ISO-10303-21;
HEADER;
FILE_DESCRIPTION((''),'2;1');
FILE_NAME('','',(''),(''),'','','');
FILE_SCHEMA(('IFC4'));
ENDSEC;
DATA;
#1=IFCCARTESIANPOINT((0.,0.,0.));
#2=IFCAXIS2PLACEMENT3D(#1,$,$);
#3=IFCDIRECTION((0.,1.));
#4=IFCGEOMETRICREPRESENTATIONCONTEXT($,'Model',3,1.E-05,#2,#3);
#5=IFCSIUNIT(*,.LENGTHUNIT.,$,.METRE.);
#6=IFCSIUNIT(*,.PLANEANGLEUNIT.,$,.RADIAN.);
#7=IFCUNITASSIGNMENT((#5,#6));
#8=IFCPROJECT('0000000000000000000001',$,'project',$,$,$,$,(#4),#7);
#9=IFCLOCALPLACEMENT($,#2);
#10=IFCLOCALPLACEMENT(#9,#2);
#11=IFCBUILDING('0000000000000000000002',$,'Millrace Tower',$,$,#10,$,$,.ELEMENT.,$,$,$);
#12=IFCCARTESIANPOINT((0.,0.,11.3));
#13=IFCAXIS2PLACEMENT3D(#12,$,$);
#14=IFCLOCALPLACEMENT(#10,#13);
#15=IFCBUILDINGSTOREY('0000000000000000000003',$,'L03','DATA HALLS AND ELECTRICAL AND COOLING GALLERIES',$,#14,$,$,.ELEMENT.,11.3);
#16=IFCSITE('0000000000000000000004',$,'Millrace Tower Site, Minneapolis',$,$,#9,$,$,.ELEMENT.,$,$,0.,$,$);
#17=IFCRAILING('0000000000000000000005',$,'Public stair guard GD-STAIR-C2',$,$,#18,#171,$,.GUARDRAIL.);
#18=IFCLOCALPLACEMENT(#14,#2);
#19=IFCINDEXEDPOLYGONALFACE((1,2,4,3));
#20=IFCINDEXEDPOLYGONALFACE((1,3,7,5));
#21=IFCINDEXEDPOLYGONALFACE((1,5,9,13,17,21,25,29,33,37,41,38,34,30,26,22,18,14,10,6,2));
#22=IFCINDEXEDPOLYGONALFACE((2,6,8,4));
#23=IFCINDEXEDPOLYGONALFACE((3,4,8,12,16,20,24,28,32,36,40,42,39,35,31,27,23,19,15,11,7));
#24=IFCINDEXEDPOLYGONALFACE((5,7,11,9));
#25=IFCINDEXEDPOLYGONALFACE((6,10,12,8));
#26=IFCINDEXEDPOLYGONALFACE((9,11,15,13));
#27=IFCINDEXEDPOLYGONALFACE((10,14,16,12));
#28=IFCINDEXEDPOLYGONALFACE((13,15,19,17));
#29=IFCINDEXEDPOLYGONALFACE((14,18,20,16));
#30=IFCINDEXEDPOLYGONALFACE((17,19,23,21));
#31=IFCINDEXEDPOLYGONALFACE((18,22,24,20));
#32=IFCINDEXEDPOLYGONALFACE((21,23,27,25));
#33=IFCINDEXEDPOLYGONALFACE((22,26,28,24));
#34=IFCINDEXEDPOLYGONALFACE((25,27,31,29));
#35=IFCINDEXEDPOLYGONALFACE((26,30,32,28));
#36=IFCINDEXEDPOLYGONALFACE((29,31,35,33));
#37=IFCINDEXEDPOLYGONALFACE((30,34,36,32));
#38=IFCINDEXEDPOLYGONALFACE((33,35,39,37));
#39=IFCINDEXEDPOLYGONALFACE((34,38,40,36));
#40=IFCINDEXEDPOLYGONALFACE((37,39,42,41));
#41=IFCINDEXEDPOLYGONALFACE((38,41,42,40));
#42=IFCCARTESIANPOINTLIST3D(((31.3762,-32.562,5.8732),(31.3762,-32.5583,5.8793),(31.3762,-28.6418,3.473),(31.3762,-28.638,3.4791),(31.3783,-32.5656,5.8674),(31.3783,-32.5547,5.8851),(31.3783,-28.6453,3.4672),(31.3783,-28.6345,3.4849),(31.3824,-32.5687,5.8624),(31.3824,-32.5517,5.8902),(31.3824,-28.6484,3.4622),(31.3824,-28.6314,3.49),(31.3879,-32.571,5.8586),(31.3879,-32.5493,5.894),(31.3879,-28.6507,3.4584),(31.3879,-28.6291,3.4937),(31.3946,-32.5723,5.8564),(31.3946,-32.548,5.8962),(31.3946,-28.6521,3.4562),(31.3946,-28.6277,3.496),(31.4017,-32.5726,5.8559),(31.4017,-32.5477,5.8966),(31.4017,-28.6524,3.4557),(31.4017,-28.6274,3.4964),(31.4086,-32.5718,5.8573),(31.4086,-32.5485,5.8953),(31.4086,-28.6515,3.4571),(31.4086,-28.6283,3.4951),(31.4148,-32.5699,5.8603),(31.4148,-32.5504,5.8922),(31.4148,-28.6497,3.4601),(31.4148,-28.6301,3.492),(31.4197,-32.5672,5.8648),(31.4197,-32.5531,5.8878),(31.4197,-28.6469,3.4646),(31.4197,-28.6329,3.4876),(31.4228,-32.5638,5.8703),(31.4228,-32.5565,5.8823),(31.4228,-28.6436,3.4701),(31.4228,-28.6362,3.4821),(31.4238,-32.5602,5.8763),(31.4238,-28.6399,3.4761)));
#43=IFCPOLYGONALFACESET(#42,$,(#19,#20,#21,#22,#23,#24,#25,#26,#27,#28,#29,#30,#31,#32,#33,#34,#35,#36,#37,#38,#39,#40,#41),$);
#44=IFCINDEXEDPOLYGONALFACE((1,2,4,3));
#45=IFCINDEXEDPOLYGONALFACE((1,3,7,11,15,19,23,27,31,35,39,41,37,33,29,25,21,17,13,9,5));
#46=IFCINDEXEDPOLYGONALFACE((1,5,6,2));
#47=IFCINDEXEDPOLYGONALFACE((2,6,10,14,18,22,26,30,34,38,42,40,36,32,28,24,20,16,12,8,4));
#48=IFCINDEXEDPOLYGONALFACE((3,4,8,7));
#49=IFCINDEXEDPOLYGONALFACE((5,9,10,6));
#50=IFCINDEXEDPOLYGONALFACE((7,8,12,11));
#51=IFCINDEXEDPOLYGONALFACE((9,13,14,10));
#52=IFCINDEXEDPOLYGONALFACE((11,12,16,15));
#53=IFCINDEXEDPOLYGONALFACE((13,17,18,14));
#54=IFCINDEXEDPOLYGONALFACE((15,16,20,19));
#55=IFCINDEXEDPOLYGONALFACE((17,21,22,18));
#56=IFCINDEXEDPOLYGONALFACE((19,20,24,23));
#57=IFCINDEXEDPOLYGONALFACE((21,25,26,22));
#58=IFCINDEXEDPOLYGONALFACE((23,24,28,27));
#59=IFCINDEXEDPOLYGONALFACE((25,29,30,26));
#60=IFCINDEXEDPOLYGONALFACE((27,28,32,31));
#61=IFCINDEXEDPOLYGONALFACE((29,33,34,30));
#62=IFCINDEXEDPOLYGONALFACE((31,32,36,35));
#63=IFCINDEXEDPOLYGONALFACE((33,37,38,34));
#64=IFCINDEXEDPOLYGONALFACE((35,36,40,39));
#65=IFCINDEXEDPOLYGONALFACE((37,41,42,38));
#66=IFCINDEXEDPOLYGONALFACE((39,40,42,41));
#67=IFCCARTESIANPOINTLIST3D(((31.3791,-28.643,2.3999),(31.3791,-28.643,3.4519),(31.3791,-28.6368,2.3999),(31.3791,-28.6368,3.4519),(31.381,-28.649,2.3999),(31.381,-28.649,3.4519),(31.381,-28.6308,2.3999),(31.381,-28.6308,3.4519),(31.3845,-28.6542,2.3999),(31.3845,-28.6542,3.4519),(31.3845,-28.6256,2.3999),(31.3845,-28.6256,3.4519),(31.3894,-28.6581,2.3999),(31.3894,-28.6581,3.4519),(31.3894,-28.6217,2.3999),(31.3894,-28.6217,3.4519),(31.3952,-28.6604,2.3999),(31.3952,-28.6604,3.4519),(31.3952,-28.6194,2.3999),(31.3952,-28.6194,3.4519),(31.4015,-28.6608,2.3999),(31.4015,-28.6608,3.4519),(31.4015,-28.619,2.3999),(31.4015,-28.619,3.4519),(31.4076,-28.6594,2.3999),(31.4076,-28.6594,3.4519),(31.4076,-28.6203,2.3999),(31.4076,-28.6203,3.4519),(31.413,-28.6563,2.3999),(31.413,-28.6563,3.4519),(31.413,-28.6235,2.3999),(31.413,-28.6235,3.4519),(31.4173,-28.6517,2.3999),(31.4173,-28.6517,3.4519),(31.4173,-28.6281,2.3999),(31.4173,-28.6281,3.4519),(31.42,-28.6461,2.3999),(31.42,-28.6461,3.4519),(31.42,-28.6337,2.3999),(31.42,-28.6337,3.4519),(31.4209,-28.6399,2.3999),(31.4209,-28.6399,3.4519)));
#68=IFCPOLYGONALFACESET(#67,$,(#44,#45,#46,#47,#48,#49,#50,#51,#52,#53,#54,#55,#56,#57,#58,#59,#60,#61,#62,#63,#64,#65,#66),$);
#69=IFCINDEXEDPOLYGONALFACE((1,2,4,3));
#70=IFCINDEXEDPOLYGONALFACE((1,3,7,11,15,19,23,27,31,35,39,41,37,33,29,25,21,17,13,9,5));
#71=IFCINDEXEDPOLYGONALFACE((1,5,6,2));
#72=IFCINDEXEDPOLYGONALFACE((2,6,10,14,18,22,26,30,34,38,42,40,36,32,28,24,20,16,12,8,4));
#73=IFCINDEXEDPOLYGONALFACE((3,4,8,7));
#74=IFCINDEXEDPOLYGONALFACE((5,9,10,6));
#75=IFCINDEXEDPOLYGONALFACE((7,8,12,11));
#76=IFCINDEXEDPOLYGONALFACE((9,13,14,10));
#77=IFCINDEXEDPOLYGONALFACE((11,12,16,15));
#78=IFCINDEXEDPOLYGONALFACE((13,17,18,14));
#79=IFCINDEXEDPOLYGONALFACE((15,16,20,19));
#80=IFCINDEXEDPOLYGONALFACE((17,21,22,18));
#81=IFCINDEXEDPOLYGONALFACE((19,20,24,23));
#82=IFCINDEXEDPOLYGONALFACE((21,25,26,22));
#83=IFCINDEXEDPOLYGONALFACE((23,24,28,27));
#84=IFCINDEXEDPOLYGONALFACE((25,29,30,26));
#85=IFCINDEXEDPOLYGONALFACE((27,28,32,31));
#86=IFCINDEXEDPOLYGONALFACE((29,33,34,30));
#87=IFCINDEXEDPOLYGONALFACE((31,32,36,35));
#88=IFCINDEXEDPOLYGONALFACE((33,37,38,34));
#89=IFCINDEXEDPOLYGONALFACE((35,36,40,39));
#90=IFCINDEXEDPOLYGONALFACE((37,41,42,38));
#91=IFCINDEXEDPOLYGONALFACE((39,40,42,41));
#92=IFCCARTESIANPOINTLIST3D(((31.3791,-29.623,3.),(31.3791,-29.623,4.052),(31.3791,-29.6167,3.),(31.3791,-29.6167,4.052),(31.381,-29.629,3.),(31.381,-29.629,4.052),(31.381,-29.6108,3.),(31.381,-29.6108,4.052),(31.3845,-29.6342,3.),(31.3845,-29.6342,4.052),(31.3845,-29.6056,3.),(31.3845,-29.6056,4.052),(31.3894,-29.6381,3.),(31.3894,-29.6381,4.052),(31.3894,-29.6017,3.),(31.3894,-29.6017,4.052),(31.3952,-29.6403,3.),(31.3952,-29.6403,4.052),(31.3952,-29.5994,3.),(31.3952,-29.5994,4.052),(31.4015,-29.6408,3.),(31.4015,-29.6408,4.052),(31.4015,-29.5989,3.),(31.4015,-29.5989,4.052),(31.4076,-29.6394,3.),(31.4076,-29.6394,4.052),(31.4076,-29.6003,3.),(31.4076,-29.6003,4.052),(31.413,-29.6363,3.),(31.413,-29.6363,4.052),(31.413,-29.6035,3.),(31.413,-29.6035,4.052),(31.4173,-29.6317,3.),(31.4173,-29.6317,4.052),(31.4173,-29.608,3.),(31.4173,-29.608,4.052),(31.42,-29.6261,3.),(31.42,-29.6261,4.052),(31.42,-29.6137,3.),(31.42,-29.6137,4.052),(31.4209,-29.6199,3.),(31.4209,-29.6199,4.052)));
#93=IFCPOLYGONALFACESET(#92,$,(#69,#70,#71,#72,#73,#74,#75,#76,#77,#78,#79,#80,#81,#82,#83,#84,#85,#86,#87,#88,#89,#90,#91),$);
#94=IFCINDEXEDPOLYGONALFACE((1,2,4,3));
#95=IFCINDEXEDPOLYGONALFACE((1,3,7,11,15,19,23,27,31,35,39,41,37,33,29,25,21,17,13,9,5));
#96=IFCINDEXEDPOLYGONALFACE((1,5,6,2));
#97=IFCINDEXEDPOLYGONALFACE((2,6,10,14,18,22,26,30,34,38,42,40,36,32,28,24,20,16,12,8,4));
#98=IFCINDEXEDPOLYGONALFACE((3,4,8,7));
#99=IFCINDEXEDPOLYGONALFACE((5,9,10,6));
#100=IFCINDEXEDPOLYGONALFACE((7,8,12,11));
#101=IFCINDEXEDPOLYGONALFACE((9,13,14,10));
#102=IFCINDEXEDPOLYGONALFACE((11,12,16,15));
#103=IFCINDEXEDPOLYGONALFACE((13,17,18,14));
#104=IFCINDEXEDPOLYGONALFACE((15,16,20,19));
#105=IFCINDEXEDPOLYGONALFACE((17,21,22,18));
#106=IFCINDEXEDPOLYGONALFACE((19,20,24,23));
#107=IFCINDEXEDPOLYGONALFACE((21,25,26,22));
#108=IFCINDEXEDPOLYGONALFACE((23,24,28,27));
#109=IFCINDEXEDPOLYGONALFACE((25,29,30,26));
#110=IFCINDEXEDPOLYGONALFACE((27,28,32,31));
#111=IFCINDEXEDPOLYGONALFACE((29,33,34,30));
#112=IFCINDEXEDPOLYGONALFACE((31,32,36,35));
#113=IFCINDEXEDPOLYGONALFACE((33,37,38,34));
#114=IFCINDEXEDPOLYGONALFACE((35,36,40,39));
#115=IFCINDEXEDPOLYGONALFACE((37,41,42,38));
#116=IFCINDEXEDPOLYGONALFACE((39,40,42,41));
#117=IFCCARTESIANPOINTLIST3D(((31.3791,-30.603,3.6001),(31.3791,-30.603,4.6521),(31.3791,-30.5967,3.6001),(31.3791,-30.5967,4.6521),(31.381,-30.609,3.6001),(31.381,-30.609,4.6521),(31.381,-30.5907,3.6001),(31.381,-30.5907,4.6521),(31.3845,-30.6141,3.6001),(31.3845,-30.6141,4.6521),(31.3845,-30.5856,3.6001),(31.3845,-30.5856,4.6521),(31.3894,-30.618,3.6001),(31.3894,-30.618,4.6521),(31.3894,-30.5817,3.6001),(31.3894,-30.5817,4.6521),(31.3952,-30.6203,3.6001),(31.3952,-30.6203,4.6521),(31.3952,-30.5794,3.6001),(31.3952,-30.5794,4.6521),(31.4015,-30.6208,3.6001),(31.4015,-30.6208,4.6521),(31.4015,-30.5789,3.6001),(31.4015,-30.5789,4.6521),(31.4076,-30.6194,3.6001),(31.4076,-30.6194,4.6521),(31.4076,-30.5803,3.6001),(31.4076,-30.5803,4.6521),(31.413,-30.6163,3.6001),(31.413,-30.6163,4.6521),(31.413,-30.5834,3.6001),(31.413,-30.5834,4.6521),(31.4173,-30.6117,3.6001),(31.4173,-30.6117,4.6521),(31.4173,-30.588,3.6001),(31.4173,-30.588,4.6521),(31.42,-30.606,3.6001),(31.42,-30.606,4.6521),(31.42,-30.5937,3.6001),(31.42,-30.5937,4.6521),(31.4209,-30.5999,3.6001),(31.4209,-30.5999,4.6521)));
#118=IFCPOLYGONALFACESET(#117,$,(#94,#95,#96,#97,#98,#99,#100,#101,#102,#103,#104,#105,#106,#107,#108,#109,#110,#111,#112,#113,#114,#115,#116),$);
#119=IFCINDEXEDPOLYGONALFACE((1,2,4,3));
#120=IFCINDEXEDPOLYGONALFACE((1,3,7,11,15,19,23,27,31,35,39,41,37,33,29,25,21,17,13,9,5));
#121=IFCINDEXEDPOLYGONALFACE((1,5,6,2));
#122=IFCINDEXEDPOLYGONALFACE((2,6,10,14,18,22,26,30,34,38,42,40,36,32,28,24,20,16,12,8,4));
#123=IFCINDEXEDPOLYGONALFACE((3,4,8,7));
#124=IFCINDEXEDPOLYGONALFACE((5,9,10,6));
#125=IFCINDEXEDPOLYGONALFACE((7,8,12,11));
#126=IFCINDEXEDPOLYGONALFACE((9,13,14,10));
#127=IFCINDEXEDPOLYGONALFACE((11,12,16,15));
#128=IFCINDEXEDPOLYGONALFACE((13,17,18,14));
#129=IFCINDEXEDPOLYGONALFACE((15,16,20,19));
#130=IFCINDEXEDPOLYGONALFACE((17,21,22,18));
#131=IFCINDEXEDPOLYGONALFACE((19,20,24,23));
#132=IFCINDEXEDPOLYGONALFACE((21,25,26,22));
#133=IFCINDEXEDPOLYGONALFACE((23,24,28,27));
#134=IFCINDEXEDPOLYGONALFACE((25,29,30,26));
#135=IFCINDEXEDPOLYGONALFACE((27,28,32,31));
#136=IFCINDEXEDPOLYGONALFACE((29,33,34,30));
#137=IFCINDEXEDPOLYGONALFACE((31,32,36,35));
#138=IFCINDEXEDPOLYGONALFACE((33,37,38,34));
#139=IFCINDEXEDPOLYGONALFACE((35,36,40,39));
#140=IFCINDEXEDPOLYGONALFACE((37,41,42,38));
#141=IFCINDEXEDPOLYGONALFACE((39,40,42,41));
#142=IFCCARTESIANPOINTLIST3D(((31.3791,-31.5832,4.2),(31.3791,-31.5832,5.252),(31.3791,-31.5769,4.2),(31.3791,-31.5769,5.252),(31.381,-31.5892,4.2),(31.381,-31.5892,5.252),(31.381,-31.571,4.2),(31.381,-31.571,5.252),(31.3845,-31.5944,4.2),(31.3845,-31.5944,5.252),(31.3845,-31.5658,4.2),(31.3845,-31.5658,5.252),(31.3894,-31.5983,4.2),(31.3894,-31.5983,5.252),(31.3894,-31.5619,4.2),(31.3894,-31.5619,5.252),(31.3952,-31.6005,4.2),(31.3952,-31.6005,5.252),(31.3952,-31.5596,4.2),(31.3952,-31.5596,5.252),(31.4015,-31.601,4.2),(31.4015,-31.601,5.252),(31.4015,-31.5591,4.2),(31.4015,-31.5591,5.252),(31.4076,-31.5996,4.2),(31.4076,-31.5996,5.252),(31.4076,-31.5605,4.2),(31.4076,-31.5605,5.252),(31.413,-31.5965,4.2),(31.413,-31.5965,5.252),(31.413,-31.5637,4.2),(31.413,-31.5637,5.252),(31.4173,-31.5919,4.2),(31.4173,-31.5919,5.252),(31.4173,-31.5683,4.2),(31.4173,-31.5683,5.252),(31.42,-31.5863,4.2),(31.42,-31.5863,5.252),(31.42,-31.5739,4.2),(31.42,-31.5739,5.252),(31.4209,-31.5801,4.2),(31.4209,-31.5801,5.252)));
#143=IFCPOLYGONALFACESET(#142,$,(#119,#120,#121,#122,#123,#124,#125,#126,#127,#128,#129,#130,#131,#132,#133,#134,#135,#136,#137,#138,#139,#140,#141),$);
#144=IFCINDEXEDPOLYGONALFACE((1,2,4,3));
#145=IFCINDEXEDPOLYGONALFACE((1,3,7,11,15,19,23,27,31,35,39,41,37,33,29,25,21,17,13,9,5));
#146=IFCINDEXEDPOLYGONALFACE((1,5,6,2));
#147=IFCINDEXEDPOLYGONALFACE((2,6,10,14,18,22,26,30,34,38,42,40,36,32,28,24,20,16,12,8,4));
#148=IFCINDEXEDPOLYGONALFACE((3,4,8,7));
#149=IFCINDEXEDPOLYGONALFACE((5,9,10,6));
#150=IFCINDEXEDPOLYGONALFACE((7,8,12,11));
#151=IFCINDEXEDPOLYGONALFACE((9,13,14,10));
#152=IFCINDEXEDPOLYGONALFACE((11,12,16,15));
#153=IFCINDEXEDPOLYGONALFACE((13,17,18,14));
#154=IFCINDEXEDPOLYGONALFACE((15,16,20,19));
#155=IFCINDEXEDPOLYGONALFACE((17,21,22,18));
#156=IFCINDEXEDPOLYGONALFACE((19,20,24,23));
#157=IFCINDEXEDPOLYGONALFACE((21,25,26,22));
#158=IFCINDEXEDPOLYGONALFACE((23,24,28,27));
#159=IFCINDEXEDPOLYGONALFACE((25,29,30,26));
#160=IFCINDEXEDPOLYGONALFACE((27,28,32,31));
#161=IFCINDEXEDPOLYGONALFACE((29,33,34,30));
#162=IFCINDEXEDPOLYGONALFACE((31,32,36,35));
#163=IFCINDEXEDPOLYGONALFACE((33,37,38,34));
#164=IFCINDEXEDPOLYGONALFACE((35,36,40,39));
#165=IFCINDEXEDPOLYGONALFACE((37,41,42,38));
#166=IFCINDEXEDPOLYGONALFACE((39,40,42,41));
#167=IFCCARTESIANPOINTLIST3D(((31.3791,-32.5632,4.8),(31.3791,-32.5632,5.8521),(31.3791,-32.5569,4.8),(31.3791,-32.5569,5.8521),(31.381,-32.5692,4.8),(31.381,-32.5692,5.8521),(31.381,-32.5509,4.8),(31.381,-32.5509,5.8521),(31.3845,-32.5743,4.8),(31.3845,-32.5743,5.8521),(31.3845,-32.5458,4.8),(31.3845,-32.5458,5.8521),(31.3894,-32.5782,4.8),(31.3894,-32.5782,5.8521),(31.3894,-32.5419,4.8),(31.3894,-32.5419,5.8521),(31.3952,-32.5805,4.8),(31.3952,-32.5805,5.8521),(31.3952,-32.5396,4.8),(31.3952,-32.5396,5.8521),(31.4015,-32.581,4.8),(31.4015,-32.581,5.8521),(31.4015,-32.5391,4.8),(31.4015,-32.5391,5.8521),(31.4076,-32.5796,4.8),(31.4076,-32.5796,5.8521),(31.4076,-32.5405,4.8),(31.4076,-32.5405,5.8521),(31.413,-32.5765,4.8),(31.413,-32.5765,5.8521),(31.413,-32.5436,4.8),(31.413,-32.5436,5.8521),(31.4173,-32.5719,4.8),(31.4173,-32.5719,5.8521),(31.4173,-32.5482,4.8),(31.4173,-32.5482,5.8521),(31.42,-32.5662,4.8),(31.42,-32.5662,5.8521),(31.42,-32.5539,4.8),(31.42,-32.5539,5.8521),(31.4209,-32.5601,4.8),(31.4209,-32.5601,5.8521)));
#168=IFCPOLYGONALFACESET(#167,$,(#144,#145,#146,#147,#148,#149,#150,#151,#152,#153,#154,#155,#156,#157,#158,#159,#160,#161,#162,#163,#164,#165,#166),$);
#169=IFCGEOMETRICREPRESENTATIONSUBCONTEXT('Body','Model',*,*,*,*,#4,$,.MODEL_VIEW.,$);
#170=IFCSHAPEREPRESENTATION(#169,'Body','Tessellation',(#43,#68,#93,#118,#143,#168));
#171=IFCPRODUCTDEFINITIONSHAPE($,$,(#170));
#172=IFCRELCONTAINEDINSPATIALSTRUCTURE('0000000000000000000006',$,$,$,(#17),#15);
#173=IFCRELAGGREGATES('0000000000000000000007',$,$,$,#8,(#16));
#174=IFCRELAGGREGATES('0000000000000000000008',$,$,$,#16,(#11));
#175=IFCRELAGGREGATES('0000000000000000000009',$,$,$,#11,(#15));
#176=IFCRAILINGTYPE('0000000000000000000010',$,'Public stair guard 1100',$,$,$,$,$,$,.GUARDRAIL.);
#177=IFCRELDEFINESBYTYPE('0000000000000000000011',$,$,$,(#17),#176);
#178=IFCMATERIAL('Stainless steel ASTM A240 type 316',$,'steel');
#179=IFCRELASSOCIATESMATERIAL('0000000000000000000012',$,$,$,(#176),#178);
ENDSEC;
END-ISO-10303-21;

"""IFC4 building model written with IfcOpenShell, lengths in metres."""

from ifc_helpers import new_model, si_unit, direction, frame, origin, origin_2d, place, context, subcontext, project, spatial, circle, extrude, material, type_object, element, save


model = new_model("IFC4")

# Units and contexts
model_context = context("Model", 3, precision=1e-05, world=origin(), true_north=direction((0.0, 1.0)))
body_context = subcontext(model_context, "Body", "Model", "MODEL_VIEW")
ifc_project = project(units=[si_unit("LENGTHUNIT", "METRE"), si_unit("PLANEANGLEUNIT", "RADIAN")], contexts=[model_context])

# Site, building, storey
site_placement = place(None, origin())
site = spatial("IfcSite", under=ifc_project, at=site_placement, Name="Millrace Tower Site, Minneapolis", CompositionType="ELEMENT", RefElevation=0.0)
building_placement = place(site_placement, origin())
building = spatial("IfcBuilding", under=site, at=building_placement, Name="Millrace Tower", CompositionType="ELEMENT")
storey_placement = place(building_placement, frame((0.0, 0.0, 11.3)))
storey = spatial("IfcBuildingStorey", under=building, at=storey_placement, Name="L03", Description="DATA HALLS AND ELECTRICAL AND COOLING GALLERIES", CompositionType="ELEMENT", Elevation=11.3)

# Railing
ifc_material_1 = material(Name="Stainless steel ASTM A240 type 316", Category="steel")
railing_type_1 = type_object("IfcRailingType", Name="Public stair guard 1100", PredefinedType="GUARDRAIL", material=ifc_material_1)
placement_1 = place(storey_placement, frame((31.3999, -28.6399, 2.3999)))
element("IfcRailing", 1, at=placement_1, inside=storey, type_object=railing_type_1, Name="Public stair guard GD-STAIR-C2", PredefinedType="GUARDRAIL", context=body_context, shape_type="SweptSolid", body=[
    extrude(circle(Radius=0.0239, at=origin_2d()), frame((0.0, 0.0, 1.0762), z_axis=(0.0, -0.852847, 0.522161), x_axis=(1.0, 0.0, 0.0)), (0.0, 0.0, 1.0), 4.5967),
    extrude(circle(Radius=0.021, at=origin_2d()), origin(), (0.0, 0.0, 1.0), 1.052),
    extrude(circle(Radius=0.021, at=origin_2d()), frame((0.0, -0.98, 0.6001)), (0.0, 0.0, 1.0), 1.052),
    extrude(circle(Radius=0.021, at=origin_2d()), frame((0.0, -1.96, 1.2002)), (0.0, 0.0, 1.0), 1.052),
    extrude(circle(Radius=0.021, at=origin_2d()), frame((0.0, -2.9402, 1.8)), (0.0, 0.0, 1.0), 1.052),
    extrude(circle(Radius=0.021, at=origin_2d()), frame((0.0, -3.9202, 2.4001)), (0.0, 0.0, 1.0), 1.052),
])

save(model, "model.ifc")
